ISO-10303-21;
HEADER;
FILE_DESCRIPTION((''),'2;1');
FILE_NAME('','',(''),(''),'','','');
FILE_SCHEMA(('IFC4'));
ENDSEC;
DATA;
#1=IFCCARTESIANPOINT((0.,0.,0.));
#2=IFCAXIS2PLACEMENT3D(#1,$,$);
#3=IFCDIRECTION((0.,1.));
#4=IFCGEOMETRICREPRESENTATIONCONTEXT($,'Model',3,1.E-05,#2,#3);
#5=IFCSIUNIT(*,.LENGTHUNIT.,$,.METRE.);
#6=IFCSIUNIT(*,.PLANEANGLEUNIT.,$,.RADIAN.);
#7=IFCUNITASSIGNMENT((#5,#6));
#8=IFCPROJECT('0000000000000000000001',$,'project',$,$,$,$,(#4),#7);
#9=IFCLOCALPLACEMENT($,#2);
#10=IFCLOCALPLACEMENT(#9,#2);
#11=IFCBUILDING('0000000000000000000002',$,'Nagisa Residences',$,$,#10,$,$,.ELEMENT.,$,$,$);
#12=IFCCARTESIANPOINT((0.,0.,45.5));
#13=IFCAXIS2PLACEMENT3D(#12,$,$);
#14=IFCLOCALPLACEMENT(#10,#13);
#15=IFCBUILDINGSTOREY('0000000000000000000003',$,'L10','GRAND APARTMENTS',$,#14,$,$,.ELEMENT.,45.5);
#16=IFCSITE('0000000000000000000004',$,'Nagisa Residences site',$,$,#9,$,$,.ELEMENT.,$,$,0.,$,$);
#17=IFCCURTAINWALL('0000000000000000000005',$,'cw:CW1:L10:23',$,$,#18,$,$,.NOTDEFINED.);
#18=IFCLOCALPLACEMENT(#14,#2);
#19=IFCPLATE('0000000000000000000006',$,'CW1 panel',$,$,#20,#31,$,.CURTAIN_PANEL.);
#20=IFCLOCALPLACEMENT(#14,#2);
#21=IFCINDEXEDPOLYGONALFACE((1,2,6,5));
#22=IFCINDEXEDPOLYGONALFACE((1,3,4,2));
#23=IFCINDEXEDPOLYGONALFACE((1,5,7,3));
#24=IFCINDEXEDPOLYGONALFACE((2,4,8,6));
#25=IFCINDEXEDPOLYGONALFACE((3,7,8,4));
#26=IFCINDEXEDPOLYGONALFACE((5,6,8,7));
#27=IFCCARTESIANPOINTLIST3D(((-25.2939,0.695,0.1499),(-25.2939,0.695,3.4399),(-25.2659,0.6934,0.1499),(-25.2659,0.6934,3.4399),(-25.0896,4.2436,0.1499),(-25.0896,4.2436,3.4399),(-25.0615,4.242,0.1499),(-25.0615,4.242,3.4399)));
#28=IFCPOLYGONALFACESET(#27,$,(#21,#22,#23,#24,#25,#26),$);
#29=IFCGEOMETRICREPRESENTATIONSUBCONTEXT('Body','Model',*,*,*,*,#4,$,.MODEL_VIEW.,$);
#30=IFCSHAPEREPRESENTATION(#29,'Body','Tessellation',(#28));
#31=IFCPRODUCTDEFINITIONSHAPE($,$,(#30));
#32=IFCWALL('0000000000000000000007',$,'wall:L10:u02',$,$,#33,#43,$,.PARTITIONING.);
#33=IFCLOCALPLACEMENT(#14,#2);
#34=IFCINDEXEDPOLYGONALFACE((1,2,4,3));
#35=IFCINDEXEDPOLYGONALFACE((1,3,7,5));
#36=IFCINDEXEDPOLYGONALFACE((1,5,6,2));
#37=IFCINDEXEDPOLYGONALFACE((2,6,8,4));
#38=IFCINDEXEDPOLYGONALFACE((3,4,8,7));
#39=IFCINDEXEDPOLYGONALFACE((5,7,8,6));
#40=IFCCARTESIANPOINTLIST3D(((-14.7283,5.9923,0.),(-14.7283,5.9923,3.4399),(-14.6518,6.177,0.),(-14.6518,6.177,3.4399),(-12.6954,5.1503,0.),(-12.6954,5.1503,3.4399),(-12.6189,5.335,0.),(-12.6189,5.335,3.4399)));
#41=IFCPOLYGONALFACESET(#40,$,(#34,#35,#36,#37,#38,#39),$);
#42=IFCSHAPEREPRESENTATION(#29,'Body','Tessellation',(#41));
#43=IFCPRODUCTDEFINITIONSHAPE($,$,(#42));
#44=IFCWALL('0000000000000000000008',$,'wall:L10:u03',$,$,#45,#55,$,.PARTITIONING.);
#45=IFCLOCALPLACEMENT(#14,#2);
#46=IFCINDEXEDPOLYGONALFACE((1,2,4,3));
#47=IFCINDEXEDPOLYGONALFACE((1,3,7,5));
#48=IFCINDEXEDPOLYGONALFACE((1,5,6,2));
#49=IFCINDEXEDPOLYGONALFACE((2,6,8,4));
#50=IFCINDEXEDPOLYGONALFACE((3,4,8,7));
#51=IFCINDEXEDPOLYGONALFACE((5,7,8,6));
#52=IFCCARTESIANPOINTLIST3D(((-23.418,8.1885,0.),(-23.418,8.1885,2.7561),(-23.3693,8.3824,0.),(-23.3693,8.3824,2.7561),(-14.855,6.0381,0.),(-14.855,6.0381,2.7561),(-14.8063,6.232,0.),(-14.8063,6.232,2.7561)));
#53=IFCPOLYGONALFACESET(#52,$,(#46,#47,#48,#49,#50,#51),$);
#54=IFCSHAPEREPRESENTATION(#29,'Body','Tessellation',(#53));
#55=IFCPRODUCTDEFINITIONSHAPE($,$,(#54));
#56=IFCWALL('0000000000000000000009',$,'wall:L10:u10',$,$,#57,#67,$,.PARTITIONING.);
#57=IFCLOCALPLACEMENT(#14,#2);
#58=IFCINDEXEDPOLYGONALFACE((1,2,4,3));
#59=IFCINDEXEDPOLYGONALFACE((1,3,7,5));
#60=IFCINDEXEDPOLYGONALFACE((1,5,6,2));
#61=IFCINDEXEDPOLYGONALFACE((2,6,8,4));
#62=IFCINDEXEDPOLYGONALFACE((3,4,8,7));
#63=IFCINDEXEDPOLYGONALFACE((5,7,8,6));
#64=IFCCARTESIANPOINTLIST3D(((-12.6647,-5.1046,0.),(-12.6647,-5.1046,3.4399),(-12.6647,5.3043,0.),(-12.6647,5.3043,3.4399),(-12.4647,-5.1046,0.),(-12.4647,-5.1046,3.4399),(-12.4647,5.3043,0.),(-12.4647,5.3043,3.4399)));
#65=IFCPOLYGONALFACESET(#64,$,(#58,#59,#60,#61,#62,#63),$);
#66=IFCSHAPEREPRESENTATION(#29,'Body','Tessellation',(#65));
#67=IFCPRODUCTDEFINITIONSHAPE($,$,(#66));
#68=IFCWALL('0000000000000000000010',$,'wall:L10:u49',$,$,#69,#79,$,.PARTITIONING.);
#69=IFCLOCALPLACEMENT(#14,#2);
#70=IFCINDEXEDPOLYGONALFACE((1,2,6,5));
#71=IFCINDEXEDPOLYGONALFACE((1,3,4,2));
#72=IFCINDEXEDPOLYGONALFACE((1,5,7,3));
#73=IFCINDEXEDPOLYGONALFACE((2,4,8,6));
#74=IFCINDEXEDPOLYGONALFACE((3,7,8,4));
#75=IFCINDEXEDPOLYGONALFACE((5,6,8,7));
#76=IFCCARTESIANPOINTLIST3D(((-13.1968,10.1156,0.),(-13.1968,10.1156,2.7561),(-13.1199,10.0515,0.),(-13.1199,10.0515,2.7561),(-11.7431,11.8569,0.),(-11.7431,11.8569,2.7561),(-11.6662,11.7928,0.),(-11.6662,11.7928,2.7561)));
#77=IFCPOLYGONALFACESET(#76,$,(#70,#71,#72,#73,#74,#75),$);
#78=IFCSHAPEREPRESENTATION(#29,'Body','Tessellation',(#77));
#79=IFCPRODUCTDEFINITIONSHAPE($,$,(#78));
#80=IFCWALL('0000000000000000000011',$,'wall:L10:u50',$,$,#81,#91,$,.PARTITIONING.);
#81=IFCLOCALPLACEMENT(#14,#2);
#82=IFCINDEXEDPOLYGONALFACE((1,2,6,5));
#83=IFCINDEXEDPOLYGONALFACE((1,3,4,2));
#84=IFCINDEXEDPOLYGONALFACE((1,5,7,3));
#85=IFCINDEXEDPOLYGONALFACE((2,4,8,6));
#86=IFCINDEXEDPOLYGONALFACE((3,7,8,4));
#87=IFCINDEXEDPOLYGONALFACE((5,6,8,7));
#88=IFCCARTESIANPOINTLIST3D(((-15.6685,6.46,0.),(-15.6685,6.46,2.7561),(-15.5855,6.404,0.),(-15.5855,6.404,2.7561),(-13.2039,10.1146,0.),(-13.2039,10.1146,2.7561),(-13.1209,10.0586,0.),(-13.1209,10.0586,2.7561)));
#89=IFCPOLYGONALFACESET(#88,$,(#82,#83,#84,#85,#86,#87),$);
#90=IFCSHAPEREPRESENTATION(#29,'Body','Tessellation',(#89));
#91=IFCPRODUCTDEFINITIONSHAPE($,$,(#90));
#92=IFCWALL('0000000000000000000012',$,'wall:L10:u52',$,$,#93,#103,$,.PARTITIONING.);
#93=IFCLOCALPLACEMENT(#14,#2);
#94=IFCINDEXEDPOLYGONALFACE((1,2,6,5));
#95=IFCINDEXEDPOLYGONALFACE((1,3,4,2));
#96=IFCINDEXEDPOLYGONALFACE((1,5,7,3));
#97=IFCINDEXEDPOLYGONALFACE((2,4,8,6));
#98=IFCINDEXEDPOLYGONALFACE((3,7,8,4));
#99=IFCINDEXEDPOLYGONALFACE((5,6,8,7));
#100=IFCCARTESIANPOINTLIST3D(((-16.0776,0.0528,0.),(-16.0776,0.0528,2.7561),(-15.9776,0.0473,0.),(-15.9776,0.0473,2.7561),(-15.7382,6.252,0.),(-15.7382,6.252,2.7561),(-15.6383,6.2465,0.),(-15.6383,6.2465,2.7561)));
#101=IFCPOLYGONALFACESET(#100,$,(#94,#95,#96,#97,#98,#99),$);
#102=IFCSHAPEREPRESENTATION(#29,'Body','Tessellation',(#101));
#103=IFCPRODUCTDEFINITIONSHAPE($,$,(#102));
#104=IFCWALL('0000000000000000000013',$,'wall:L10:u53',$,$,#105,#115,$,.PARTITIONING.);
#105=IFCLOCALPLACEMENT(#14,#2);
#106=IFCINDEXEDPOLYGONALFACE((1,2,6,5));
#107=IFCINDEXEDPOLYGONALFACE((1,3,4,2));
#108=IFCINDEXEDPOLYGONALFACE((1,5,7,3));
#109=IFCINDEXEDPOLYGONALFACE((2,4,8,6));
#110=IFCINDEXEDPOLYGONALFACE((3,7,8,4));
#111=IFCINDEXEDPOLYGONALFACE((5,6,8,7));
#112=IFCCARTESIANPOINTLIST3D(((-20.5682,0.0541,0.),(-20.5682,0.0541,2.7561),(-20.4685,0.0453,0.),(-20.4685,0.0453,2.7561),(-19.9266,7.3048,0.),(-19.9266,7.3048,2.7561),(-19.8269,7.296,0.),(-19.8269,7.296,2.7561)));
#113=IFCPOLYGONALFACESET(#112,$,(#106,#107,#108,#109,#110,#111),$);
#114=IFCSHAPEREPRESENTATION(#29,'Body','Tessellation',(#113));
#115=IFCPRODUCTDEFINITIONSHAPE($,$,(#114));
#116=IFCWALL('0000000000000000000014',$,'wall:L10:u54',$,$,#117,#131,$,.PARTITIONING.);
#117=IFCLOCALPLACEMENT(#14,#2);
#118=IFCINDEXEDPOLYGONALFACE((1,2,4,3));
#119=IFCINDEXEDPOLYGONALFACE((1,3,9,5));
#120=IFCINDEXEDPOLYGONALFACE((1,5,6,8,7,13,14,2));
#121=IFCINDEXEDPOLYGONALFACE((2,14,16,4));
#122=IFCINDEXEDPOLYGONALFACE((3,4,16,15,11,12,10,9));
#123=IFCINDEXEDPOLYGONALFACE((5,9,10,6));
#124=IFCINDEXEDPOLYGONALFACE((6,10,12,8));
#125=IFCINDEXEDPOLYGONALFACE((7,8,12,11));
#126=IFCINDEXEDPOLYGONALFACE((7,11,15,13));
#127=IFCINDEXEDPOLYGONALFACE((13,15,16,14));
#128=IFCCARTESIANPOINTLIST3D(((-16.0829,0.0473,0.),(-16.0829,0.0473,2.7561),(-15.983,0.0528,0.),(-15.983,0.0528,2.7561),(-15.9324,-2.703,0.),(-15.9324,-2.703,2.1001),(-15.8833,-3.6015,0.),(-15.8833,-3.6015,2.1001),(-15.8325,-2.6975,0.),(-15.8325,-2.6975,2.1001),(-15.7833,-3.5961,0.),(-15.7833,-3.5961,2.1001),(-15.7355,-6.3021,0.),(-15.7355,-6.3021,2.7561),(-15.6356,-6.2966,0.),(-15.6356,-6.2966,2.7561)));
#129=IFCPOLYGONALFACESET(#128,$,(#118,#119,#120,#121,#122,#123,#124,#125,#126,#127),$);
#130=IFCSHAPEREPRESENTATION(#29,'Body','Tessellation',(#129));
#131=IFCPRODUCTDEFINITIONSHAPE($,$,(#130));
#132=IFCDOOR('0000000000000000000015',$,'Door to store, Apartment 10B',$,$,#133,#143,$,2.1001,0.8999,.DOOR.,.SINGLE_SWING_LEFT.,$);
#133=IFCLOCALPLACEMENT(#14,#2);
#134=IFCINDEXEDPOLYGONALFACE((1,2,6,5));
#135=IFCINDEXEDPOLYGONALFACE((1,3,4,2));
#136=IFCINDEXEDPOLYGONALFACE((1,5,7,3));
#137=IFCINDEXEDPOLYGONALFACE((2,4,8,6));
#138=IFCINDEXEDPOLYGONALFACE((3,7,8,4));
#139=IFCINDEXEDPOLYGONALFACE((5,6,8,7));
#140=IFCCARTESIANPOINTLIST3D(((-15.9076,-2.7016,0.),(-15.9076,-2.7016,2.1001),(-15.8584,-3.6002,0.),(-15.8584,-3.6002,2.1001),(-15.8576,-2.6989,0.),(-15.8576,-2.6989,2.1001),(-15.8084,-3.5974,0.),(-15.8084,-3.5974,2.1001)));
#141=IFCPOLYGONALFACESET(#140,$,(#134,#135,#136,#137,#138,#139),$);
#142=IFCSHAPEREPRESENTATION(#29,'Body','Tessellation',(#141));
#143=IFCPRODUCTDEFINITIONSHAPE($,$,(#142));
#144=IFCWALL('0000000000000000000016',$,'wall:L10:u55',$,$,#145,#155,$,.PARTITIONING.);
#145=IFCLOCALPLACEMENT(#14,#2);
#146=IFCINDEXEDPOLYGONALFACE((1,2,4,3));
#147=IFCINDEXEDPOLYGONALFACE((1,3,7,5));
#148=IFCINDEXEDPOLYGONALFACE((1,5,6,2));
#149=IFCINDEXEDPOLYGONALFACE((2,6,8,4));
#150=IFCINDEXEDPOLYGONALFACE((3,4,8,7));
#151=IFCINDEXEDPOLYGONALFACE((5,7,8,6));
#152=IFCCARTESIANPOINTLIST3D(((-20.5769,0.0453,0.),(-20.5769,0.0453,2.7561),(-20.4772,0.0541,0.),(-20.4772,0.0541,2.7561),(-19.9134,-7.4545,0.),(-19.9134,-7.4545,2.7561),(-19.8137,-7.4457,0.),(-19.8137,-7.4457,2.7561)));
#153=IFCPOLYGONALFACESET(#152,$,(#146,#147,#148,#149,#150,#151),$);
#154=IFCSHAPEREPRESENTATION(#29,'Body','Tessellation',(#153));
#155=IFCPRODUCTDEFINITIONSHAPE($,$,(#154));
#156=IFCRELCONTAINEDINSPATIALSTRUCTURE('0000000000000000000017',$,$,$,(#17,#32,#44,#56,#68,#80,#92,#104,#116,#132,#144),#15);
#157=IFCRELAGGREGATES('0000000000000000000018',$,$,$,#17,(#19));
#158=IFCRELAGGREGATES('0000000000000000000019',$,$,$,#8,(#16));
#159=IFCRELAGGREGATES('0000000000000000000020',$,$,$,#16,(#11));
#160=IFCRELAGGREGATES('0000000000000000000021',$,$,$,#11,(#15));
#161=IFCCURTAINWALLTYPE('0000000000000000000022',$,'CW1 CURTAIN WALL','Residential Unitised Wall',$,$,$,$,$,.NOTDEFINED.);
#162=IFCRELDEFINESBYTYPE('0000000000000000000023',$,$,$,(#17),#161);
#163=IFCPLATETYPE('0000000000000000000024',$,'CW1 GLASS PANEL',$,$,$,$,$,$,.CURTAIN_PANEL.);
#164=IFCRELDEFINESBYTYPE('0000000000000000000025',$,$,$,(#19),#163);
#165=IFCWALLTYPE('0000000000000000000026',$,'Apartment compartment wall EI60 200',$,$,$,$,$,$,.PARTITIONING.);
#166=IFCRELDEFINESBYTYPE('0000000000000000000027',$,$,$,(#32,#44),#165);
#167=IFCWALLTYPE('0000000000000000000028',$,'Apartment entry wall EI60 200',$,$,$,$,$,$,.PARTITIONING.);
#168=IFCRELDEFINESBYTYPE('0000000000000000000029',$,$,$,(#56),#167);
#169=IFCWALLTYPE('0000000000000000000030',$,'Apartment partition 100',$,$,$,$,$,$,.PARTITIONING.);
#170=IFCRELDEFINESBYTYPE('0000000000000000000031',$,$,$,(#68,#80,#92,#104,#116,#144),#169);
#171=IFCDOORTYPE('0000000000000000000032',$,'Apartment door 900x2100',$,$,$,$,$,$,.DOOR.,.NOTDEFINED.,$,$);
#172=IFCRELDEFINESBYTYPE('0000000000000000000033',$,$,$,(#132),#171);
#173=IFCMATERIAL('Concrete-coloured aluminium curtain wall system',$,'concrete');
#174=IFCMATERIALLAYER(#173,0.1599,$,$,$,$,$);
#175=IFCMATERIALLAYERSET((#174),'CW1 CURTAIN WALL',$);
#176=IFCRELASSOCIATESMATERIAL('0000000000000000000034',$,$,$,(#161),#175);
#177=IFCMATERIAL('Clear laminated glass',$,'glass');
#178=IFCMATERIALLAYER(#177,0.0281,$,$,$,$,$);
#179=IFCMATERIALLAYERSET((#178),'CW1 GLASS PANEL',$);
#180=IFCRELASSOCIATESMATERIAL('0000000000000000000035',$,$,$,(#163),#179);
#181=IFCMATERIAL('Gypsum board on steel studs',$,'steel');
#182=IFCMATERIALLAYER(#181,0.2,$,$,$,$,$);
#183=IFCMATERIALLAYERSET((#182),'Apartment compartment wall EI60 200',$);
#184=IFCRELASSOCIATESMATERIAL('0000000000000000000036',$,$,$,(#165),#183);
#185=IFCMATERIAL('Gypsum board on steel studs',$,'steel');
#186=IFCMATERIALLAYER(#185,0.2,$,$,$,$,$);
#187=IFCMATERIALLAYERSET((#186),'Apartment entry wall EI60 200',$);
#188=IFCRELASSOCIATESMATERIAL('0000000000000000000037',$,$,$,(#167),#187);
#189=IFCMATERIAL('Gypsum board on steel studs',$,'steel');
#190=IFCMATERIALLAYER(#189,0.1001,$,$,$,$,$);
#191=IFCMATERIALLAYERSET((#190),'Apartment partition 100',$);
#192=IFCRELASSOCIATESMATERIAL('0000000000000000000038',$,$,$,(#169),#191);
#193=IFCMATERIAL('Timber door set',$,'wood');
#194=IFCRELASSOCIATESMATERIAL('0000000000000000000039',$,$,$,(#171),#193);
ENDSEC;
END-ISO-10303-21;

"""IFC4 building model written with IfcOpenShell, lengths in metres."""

from ifc_helpers import new_model, si_unit, direction, frame, frame_2d, origin, origin_2d, place, context, subcontext, project, spatial, rectangle, extrude, material, layer, layer_set, type_object, element, fill, aggregate, save


model = new_model("IFC4")

# Units and contexts
model_context = context("Model", 3, precision=1e-05, world=origin(), true_north=direction((0.0, 1.0)))
body_context = subcontext(model_context, "Body", "Model", "MODEL_VIEW")
ifc_project = project(units=[si_unit("LENGTHUNIT", "METRE"), si_unit("PLANEANGLEUNIT", "RADIAN")], contexts=[model_context])

# Site, building, storey
site_placement = place(None, origin())
site = spatial("IfcSite", under=ifc_project, at=site_placement, Name="Nagisa Residences site", CompositionType="ELEMENT", RefElevation=0.0)
building_placement = place(site_placement, origin())
building = spatial("IfcBuilding", under=site, at=building_placement, Name="Nagisa Residences", CompositionType="ELEMENT")
storey_placement = place(building_placement, frame((0.0, 0.0, 45.5)))
storey = spatial("IfcBuildingStorey", under=building, at=storey_placement, Name="L10", Description="GRAND APARTMENTS", CompositionType="ELEMENT", Elevation=45.5)

# Curtain wall
ifc_material_1 = material(Name="Concrete-coloured aluminium curtain wall system", Category="concrete")
ifc_layer_1 = layer(ifc_material_1, 0.1599)
ifc_layer_set_1 = layer_set([ifc_layer_1], Name="CW1 CURTAIN WALL")
curtain_wall_type = type_object("IfcCurtainWallType", Name="CW1 CURTAIN WALL", Description="Residential Unitised Wall", PredefinedType="NOTDEFINED", material=ifc_layer_set_1)
curtain_wall_1_placement = place(storey_placement, origin())
curtain_wall_1 = element("IfcCurtainWall", 1, at=curtain_wall_1_placement, inside=storey, type_object=curtain_wall_type, Name="cw:CW1:L10:23", PredefinedType="NOTDEFINED")

# Plate
ifc_material_2 = material(Name="Clear laminated glass", Category="glass")
ifc_layer_2 = layer(ifc_material_2, 0.0281)
ifc_layer_set_2 = layer_set([ifc_layer_2], Name="CW1 GLASS PANEL")
plate_type = type_object("IfcPlateType", Name="CW1 GLASS PANEL", PredefinedType="CURTAIN_PANEL", material=ifc_layer_set_2)
plate_1_placement = place(storey_placement, frame((-25.1777, 2.4685, 0.1499), z_axis=(0.0, 0.0, 1.0), x_axis=(-0.057503, -0.998345, 0.0)))
plate_1 = element("IfcPlate", 2, at=plate_1_placement, type_object=plate_type, Name="CW1 panel", PredefinedType="CURTAIN_PANEL", context=body_context, shape_type="SweptSolid", body=[
    extrude(rectangle(XDim=3.5544, YDim=0.0281, at=origin_2d()), origin(), (0.0, 0.0, 1.0), 3.29),
])
aggregate(curtain_wall_1, [plate_1])

# Walls
ifc_material_3 = material(Name="Gypsum board on steel studs", Category="steel")
ifc_layer_3 = layer(ifc_material_3, 0.2)
ifc_layer_set_3 = layer_set([ifc_layer_3], Name="Apartment compartment wall EI60 200")
wall_type_1 = type_object("IfcWallType", Name="Apartment compartment wall EI60 200", PredefinedType="PARTITIONING", material=ifc_layer_set_3)
wall_1_placement = place(storey_placement, frame((-12.6572, 5.2427, 0.0), z_axis=(0.0, 0.0, 1.0), x_axis=(-0.923886, 0.382669, 0.0)))
element("IfcWall", 3, at=wall_1_placement, inside=storey, type_object=wall_type_1, Name="wall:L10:u02", PredefinedType="PARTITIONING", context=body_context, shape_type="SweptSolid", body=[
    extrude(rectangle(XDim=2.2004, YDim=0.2, at=frame_2d((1.1001, 0.0))), origin(), (0.0, 0.0, 1.0), 3.4399),
])
wall_2_placement = place(storey_placement, frame((-14.8306, 6.135, 0.0), z_axis=(0.0, 0.0, 1.0), x_axis=(-0.969885, 0.243564, 0.0)))
element("IfcWall", 4, at=wall_2_placement, inside=storey, type_object=wall_type_1, Name="wall:L10:u03", PredefinedType="PARTITIONING", context=body_context, shape_type="SweptSolid", body=[
    extrude(rectangle(XDim=8.8289, YDim=0.2, at=frame_2d((4.4146, 0.0))), origin(), (0.0, 0.0, 1.0), 2.7561),
])
ifc_material_4 = material(Name="Gypsum board on steel studs", Category="steel")
ifc_layer_4 = layer(ifc_material_4, 0.2)
ifc_layer_set_4 = layer_set([ifc_layer_4], Name="Apartment entry wall EI60 200")
wall_type_2 = type_object("IfcWallType", Name="Apartment entry wall EI60 200", PredefinedType="PARTITIONING", material=ifc_layer_set_4)
wall_3_placement = place(storey_placement, frame((-12.5647, 5.3044, 0.0), z_axis=(0.0, 0.0, 1.0), x_axis=(0.0, -1.0, 0.0)))
element("IfcWall", 5, at=wall_3_placement, inside=storey, type_object=wall_type_2, Name="wall:L10:u10", PredefinedType="PARTITIONING", context=body_context, shape_type="SweptSolid", body=[
    extrude(rectangle(XDim=10.4089, YDim=0.2, at=frame_2d((5.2046, 0.0))), origin(), (0.0, 0.0, 1.0), 3.4399),
])
ifc_material_5 = material(Name="Gypsum board on steel studs", Category="steel")
ifc_layer_5 = layer(ifc_material_5, 0.1001)
ifc_layer_set_5 = layer_set([ifc_layer_5], Name="Apartment partition 100")
wall_type_3 = type_object("IfcWallType", Name="Apartment partition 100", PredefinedType="PARTITIONING", material=ifc_layer_set_5)
wall_4_placement = place(storey_placement, frame((-11.7046, 11.825, 0.0), z_axis=(0.0, 0.0, 1.0), x_axis=(-0.640862, -0.767656, 0.0)))
element("IfcWall", 6, at=wall_4_placement, inside=storey, type_object=wall_type_3, Name="wall:L10:u49", PredefinedType="PARTITIONING", context=body_context, shape_type="SweptSolid", body=[
    extrude(rectangle(XDim=2.2683, YDim=0.1001, at=frame_2d((1.1343, 0.0))), origin(), (0.0, 0.0, 1.0), 2.7561),
])
wall_5_placement = place(storey_placement, frame((-13.1624, 10.0867, 0.0), z_axis=(0.0, 0.0, 1.0), x_axis=(-0.559128, -0.829082, 0.0)))
element("IfcWall", 7, at=wall_5_placement, inside=storey, type_object=wall_type_3, Name="wall:L10:u50", PredefinedType="PARTITIONING", context=body_context, shape_type="SweptSolid", body=[
    extrude(rectangle(XDim=4.408, YDim=0.1001, at=frame_2d((2.2041, 0.0))), origin(), (0.0, 0.0, 1.0), 2.7561),
])
wall_6_placement = place(storey_placement, frame((-15.6882, 6.2493, 0.0), z_axis=(0.0, 0.0, 1.0), x_axis=(-0.05466, -0.998505, 0.0)))
element("IfcWall", 8, at=wall_6_placement, inside=storey, type_object=wall_type_3, Name="wall:L10:u52", PredefinedType="PARTITIONING", context=body_context, shape_type="SweptSolid", body=[
    extrude(rectangle(XDim=6.2085, YDim=0.1001, at=frame_2d((3.1042, 0.0))), origin(), (0.0, 0.0, 1.0), 2.7561),
])
wall_7_placement = place(storey_placement, frame((-19.8767, 7.3005, 0.0), z_axis=(0.0, 0.0, 1.0), x_axis=(-0.088143, -0.996108, 0.0)))
element("IfcWall", 9, at=wall_7_placement, inside=storey, type_object=wall_type_3, Name="wall:L10:u53", PredefinedType="PARTITIONING", context=body_context, shape_type="SweptSolid", body=[
    extrude(rectangle(XDim=7.2791, YDim=0.1001, at=frame_2d((3.6396, 0.0))), origin(), (0.0, 0.0, 1.0), 2.7561),
])

# Wall, opening, door
wall_8_placement = place(storey_placement, frame((-16.033, 0.05, 0.0), z_axis=(0.0, 0.0, 1.0), x_axis=(0.054634, -0.998506, 0.0)))
wall_8 = element("IfcWall", 10, at=wall_8_placement, inside=storey, type_object=wall_type_3, Name="wall:L10:u54", PredefinedType="PARTITIONING", context=body_context, shape_type="SweptSolid", body=[
    extrude(rectangle(XDim=6.3589, YDim=0.1001, at=frame_2d((3.1794, 0.0))), origin(), (0.0, 0.0, 1.0), 2.7561),
])
opening_1_placement = place(wall_8_placement, frame((2.7544, 0.0, 0.0)))
opening_1 = element("IfcOpeningElement", 11, at=opening_1_placement, cuts=wall_8, PredefinedType="OPENING", context=body_context, shape_type="SweptSolid", body=[
    extrude(rectangle(XDim=0.8999, YDim=2.1001, at=frame_2d((0.45, 1.05))), frame((0.0, 0.0601, 0.0), z_axis=(0.0, -1.0, 0.0), x_axis=(1.0, 0.0, 0.0)), (0.0, 0.0, 1.0), 0.1201),
])
ifc_material_6 = material(Name="Timber door set", Category="wood")
door_type_1 = type_object("IfcDoorType", Name="Apartment door 900x2100", OperationType="NOTDEFINED", PredefinedType="DOOR", material=ifc_material_6)
door_1_placement = place(opening_1_placement, origin())
door_1 = element("IfcDoor", 12, at=door_1_placement, inside=storey, type_object=door_type_1, Name="Door to store, Apartment 10B", OperationType="SINGLE_SWING_LEFT", OverallHeight=2.1001, OverallWidth=0.8999, PredefinedType="DOOR", context=body_context, shape_type="SweptSolid", body=[
    extrude(rectangle(XDim=0.8999, YDim=2.1001, at=frame_2d((0.45, 1.05))), frame((0.0, 0.0249, 0.0), z_axis=(0.0, -1.0, 0.0), x_axis=(1.0, 0.0, 0.0)), (0.0, 0.0, 1.0), 0.05),
])
fill(opening_1, door_1)

# Wall
wall_9_placement = place(storey_placement, frame((-20.5271, 0.0498, 0.0), z_axis=(0.0, 0.0, 1.0), x_axis=(0.088135, -0.996109, 0.0)))
element("IfcWall", 13, at=wall_9_placement, inside=storey, type_object=wall_type_3, Name="wall:L10:u55", PredefinedType="PARTITIONING", context=body_context, shape_type="SweptSolid", body=[
    extrude(rectangle(XDim=7.5291, YDim=0.1001, at=frame_2d((3.7646, 0.0))), origin(), (0.0, 0.0, 1.0), 2.7561),
])

save(model, "model.ifc")
